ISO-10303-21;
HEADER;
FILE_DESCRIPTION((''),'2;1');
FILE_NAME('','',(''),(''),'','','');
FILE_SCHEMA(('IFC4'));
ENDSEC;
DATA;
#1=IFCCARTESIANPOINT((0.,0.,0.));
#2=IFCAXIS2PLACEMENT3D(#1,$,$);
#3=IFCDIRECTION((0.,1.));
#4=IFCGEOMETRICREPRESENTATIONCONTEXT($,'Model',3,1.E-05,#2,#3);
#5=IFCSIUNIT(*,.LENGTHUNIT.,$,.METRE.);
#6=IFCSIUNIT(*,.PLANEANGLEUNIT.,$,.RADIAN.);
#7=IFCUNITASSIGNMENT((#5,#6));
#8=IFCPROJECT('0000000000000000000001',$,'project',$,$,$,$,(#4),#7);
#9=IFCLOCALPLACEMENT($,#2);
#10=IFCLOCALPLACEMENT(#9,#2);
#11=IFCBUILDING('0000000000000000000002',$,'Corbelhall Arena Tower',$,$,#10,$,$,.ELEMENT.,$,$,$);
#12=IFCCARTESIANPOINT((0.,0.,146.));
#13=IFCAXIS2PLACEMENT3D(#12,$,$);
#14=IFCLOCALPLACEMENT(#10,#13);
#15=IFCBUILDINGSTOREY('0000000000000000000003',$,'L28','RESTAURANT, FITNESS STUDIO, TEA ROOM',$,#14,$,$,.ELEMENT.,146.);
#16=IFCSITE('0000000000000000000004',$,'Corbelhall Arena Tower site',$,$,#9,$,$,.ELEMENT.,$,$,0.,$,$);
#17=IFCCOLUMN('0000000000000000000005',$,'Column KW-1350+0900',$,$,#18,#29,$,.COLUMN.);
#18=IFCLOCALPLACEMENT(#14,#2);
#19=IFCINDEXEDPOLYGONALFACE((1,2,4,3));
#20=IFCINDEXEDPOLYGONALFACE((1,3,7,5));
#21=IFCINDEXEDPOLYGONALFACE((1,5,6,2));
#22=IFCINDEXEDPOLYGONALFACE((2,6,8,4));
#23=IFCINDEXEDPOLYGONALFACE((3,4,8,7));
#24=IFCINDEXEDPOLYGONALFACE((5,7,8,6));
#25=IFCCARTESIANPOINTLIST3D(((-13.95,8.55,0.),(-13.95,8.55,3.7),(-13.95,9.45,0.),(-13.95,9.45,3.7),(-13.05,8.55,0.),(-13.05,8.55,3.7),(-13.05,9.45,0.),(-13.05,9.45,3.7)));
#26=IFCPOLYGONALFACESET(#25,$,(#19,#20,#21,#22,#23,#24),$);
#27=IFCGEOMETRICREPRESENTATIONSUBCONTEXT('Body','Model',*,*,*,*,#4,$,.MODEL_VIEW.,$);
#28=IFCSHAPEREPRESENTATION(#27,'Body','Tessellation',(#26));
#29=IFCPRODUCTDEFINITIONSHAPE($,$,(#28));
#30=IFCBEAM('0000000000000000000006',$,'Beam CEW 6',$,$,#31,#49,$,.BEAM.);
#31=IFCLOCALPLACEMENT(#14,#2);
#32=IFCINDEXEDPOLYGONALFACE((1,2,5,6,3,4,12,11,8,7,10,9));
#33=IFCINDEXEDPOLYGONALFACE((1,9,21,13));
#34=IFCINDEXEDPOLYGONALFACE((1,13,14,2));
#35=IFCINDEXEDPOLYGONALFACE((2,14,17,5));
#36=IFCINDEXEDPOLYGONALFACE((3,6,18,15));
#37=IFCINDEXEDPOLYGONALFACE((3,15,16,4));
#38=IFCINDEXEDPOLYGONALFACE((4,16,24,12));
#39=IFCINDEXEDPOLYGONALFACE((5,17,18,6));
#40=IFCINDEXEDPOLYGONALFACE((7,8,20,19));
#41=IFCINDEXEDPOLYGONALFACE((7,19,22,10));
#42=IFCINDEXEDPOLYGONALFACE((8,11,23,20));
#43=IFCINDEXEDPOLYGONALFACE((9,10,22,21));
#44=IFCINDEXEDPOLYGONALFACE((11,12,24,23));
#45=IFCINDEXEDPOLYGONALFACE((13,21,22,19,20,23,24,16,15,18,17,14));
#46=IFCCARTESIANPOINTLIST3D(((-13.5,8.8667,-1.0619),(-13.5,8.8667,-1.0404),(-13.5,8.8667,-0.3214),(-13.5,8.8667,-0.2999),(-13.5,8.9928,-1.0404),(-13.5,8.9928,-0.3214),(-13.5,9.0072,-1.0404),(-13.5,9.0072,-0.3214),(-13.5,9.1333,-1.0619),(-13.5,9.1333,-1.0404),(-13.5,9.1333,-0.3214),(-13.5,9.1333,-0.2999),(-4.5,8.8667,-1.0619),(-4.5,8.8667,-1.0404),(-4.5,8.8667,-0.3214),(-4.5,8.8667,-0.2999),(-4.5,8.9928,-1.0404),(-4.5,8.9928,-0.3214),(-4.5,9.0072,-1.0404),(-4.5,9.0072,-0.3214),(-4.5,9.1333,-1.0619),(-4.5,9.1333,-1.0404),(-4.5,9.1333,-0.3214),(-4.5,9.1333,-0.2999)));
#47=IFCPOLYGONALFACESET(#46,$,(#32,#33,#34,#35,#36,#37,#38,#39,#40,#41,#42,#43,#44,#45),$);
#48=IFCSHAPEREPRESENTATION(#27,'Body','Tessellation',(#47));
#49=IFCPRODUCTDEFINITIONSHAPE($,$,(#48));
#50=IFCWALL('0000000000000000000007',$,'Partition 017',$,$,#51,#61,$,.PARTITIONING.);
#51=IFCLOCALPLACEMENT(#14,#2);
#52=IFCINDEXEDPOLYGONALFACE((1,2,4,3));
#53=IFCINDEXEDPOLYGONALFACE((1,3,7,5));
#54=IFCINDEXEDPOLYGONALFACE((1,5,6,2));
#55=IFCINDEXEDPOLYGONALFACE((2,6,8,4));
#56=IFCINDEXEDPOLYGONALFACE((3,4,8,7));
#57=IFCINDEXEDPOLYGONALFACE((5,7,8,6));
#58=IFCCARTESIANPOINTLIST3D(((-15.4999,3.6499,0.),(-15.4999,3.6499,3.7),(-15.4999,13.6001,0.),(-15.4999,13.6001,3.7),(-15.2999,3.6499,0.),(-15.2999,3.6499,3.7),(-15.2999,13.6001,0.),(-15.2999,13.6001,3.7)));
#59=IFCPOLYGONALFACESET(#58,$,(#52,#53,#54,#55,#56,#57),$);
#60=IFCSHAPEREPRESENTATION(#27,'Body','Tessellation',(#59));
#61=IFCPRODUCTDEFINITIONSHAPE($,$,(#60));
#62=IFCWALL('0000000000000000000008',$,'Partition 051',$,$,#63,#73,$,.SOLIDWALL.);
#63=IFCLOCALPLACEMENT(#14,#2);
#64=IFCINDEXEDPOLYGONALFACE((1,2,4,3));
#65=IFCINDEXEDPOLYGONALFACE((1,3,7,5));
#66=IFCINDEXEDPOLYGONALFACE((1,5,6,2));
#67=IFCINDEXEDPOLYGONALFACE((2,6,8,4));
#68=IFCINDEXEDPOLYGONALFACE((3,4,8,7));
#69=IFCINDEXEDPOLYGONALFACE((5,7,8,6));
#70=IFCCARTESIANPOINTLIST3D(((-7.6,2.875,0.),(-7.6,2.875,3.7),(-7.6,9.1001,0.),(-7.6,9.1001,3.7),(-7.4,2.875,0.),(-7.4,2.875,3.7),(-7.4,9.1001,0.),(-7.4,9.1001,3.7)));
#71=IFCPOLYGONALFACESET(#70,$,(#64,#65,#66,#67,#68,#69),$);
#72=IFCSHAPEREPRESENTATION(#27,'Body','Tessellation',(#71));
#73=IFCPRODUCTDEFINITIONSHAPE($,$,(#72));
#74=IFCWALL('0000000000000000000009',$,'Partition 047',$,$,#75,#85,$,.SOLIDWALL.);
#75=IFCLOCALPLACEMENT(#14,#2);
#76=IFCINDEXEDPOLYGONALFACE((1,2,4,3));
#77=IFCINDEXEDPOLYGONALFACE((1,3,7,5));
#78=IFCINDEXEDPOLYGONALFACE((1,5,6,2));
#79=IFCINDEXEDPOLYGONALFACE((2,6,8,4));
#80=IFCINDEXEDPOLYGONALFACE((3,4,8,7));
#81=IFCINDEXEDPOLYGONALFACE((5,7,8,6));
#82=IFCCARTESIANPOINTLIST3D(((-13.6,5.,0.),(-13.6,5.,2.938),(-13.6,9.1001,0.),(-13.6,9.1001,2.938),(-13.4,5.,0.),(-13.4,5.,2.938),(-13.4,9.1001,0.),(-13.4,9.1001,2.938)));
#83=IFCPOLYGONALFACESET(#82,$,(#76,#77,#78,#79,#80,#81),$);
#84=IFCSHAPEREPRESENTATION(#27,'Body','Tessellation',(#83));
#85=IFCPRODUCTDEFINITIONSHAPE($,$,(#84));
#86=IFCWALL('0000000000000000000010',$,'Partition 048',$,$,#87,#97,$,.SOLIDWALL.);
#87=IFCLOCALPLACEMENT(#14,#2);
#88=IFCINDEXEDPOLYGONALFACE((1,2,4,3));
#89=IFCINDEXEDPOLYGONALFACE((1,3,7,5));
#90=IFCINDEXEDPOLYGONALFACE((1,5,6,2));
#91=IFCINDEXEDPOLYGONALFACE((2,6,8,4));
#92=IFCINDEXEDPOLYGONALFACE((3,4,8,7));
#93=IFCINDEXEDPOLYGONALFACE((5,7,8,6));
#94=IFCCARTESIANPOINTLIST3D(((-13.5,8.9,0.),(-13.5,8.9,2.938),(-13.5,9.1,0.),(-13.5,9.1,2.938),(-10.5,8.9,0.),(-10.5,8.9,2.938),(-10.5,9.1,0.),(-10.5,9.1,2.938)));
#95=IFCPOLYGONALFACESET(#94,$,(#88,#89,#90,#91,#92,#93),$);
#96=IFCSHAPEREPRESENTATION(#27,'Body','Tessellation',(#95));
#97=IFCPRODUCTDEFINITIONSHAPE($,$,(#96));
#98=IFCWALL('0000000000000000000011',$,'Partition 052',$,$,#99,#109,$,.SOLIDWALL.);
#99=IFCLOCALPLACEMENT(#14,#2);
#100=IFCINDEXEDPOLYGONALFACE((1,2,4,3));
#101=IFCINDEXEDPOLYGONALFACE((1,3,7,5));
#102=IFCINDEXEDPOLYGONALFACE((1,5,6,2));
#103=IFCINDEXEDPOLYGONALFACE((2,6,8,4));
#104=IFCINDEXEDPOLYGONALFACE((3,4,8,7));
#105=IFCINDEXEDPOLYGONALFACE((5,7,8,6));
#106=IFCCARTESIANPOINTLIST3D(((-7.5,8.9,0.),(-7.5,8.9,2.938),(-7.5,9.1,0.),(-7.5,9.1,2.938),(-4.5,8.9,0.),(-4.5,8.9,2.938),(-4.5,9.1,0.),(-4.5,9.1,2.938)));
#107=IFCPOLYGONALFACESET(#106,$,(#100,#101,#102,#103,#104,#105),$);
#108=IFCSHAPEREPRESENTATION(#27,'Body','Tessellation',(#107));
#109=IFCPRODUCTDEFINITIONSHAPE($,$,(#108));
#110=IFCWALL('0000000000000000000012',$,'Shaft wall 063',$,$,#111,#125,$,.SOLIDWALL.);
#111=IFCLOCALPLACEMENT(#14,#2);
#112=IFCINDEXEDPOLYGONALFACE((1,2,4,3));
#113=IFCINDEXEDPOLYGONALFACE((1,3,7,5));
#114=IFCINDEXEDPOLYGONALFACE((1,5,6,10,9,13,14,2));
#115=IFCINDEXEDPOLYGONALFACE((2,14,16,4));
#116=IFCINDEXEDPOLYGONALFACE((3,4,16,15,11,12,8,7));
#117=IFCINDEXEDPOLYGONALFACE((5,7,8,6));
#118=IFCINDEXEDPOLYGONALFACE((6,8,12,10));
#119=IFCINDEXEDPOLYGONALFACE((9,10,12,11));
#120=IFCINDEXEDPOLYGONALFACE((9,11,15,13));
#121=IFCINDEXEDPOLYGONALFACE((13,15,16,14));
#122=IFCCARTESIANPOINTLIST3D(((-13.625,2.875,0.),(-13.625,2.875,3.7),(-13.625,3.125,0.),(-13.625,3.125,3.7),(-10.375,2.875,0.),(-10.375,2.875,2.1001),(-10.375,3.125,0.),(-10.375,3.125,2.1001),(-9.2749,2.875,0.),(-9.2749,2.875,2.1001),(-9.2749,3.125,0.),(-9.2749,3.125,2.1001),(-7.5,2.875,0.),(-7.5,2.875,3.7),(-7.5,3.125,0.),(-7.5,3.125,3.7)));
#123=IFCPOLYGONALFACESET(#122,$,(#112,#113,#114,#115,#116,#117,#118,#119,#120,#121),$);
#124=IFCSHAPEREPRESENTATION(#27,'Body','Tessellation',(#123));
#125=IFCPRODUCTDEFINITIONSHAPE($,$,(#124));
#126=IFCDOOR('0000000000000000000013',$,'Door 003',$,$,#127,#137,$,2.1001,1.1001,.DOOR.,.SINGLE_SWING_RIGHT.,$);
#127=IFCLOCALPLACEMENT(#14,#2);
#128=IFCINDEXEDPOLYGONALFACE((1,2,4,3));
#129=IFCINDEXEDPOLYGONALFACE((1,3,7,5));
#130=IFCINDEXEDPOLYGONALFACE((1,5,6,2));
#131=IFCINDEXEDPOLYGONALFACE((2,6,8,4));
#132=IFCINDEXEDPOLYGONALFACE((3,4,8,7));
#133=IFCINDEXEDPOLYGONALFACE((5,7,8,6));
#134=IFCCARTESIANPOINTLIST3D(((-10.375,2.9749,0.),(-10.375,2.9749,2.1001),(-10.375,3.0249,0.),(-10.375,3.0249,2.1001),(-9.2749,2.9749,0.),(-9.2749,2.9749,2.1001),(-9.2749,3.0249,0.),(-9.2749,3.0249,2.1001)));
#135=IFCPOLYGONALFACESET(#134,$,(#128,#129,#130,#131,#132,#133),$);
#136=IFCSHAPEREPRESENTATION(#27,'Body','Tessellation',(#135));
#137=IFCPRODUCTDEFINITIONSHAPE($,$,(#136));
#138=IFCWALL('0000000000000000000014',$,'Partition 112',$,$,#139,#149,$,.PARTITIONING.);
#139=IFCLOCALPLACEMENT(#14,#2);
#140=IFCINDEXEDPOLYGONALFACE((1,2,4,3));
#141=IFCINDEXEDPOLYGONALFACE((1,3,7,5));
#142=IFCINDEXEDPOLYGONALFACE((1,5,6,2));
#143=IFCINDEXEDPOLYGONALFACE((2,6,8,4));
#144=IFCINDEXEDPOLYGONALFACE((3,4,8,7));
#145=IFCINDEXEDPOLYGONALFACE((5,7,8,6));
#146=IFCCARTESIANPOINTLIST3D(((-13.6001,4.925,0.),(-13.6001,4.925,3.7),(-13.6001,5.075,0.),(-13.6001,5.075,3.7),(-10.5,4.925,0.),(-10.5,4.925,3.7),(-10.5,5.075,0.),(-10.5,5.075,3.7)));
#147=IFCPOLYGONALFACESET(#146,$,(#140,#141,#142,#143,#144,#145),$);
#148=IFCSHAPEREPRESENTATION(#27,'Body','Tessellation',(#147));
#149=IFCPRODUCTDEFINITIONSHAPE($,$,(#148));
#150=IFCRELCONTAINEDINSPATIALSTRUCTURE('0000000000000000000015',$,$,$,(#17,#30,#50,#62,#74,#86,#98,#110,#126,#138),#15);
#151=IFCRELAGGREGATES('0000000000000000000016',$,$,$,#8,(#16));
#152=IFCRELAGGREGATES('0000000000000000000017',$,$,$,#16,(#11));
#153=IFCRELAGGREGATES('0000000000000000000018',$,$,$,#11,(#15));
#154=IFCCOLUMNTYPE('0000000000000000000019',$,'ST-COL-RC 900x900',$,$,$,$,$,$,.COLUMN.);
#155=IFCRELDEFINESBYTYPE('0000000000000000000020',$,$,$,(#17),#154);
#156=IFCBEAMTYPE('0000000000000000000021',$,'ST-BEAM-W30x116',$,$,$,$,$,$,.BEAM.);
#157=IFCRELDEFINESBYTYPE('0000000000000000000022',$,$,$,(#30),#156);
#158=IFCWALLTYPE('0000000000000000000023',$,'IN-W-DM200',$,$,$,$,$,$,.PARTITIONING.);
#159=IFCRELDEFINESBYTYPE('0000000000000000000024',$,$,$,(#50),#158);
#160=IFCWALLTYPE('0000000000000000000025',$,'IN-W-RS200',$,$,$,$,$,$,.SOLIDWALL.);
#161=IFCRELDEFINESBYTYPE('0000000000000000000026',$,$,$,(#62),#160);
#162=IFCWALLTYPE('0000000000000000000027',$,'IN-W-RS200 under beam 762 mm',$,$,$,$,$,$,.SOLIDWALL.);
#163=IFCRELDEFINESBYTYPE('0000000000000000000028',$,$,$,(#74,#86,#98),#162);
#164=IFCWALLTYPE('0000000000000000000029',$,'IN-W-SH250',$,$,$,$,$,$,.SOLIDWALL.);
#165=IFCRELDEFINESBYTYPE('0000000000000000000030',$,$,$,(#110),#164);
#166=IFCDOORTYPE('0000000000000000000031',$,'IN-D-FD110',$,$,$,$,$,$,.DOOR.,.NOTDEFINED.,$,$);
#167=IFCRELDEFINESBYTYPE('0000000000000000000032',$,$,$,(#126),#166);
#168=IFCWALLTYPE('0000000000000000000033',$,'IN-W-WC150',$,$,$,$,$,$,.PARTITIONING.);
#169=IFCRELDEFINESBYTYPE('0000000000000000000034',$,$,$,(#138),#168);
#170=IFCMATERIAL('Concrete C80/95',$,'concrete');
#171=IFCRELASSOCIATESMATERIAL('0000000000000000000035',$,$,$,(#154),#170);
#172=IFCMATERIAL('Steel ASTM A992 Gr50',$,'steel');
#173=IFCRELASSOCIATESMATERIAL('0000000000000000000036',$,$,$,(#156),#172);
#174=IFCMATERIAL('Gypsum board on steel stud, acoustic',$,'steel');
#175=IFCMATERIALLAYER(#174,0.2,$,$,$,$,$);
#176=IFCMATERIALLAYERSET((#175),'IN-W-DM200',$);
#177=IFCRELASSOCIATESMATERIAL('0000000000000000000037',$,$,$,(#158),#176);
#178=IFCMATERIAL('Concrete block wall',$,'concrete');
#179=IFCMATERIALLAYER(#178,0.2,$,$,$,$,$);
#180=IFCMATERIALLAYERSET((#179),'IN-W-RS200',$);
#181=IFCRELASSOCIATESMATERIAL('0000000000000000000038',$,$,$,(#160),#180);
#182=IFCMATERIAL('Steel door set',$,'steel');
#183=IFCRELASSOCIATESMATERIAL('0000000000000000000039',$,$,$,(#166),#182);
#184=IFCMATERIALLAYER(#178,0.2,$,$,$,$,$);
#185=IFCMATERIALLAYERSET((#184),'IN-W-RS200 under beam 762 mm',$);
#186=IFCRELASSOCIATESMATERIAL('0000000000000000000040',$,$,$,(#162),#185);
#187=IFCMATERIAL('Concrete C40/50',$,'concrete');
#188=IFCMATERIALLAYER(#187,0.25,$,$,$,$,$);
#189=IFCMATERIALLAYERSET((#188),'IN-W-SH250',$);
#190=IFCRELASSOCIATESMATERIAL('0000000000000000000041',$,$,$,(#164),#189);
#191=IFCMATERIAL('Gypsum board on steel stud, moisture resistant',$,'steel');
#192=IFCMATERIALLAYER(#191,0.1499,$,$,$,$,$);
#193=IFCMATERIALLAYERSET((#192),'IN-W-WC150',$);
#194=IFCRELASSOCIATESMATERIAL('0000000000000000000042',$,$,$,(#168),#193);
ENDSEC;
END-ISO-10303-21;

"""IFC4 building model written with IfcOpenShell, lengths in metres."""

from ifc_helpers import new_model, si_unit, direction, frame, frame_2d, origin, origin_2d, place, context, subcontext, project, spatial, rectangle, i_section, extrude, material, layer, layer_set, material_profile, profile_set, type_object, element, fill, save


model = new_model("IFC4")

# Units and contexts
model_context = context("Model", 3, precision=1e-05, world=origin(), true_north=direction((0.0, 1.0)))
body_context = subcontext(model_context, "Body", "Model", "MODEL_VIEW")
ifc_project = project(units=[si_unit("LENGTHUNIT", "METRE"), si_unit("PLANEANGLEUNIT", "RADIAN")], contexts=[model_context])

# Site, building, storey
site_placement = place(None, origin())
site = spatial("IfcSite", under=ifc_project, at=site_placement, Name="Corbelhall Arena Tower site", CompositionType="ELEMENT", RefElevation=0.0)
building_placement = place(site_placement, origin())
building = spatial("IfcBuilding", under=site, at=building_placement, Name="Corbelhall Arena Tower", CompositionType="ELEMENT")
storey_placement = place(building_placement, frame((0.0, 0.0, 146.0)))
storey = spatial("IfcBuildingStorey", under=building, at=storey_placement, Name="L28", Description="RESTAURANT, FITNESS STUDIO, TEA ROOM", CompositionType="ELEMENT", Elevation=146.0)

# Column
ifc_material_1 = material(Name="Concrete C80/95", Category="concrete")
ifc_material_profile_1 = material_profile(ifc_material_1, rectangle(XDim=0.8999, YDim=0.8999, at=origin_2d()))
ifc_profile_set_1 = profile_set([ifc_material_profile_1], Name="Concrete C80/95")
column_type = type_object("IfcColumnType", Name="ST-COL-RC 900x900", PredefinedType="COLUMN", material=ifc_profile_set_1)
column_placement = place(storey_placement, frame((-13.5, 9.0, 0.0), z_axis=(0.0, 0.0, 1.0), x_axis=(1.0, 0.0, 0.0)))
element("IfcColumn", 1, at=column_placement, inside=storey, type_object=column_type, Name="Column KW-1350+0900", PredefinedType="COLUMN", context=body_context, shape_type="SweptSolid", body=[
    extrude(rectangle(XDim=0.8999, YDim=0.8999, at=origin_2d()), origin(), (0.0, 0.0, 1.0), 3.7),
])

# Beam
ifc_material_2 = material(Name="Steel ASTM A992 Gr50", Category="steel")
ifc_material_profile_2 = material_profile(ifc_material_2, i_section(OverallWidth=0.2666, OverallDepth=0.762, WebThickness=0.0144, FlangeThickness=0.0215, at=origin_2d()))
ifc_profile_set_2 = profile_set([ifc_material_profile_2], Name="Steel ASTM A992 Gr50")
beam_type = type_object("IfcBeamType", Name="ST-BEAM-W30x116", PredefinedType="BEAM", material=ifc_profile_set_2)
beam_placement = place(storey_placement, frame((-13.5, 9.0, -0.6809), z_axis=(1.0, 0.0, 0.0), x_axis=(0.0, 1.0, 0.0)))
element("IfcBeam", 2, at=beam_placement, inside=storey, type_object=beam_type, Name="Beam CEW 6", PredefinedType="BEAM", context=body_context, shape_type="SweptSolid", body=[
    extrude(i_section(OverallWidth=0.2666, OverallDepth=0.762, WebThickness=0.0144, FlangeThickness=0.0215, at=origin_2d()), origin(), (0.0, 0.0, 1.0), 9.0),
])

# Shared definitions
ifc_material_3 = material(Name="Gypsum board on steel stud, acoustic", Category="steel")
ifc_layer_1 = layer(ifc_material_3, 0.2)
ifc_layer_set_1 = layer_set([ifc_layer_1], Name="IN-W-DM200")
wall_type_1 = type_object("IfcWallType", Name="IN-W-DM200", PredefinedType="PARTITIONING", material=ifc_layer_set_1)
ifc_material_4 = material(Name="Steel door set", Category="steel")

# Wall
wall_1_placement = place(storey_placement, frame((-15.3999, 3.6499, 0.0), z_axis=(0.0, 0.0, 1.0), x_axis=(0.0, 1.0, 0.0)))
element("IfcWall", 3, at=wall_1_placement, inside=storey, type_object=wall_type_1, Name="Partition 017", PredefinedType="PARTITIONING", context=body_context, shape_type="SweptSolid", body=[
    extrude(rectangle(XDim=9.9502, YDim=0.2, at=frame_2d((4.9751, 0.0))), origin(), (0.0, 0.0, 1.0), 3.7),
])

# Shared definitions
ifc_material_5 = material(Name="Concrete block wall", Category="concrete")
ifc_layer_2 = layer(ifc_material_5, 0.2)
ifc_layer_set_2 = layer_set([ifc_layer_2], Name="IN-W-RS200")
wall_type_2 = type_object("IfcWallType", Name="IN-W-RS200", PredefinedType="SOLIDWALL", material=ifc_layer_set_2)
door_type_1 = type_object("IfcDoorType", Name="IN-D-FD110", OperationType="NOTDEFINED", PredefinedType="DOOR", material=ifc_material_4)

# Walls
wall_2_placement = place(storey_placement, frame((-7.5, 2.875, 0.0), z_axis=(0.0, 0.0, 1.0), x_axis=(0.0, 1.0, 0.0)))
element("IfcWall", 4, at=wall_2_placement, inside=storey, type_object=wall_type_2, Name="Partition 051", PredefinedType="SOLIDWALL", context=body_context, shape_type="SweptSolid", body=[
    extrude(rectangle(XDim=6.2251, YDim=0.2, at=frame_2d((3.1125, 0.0))), origin(), (0.0, 0.0, 1.0), 3.7),
])
ifc_layer_3 = layer(ifc_material_5, 0.2)
ifc_layer_set_3 = layer_set([ifc_layer_3], Name="IN-W-RS200 under beam 762 mm")
wall_type_3 = type_object("IfcWallType", Name="IN-W-RS200 under beam 762 mm", PredefinedType="SOLIDWALL", material=ifc_layer_set_3)
wall_3_placement = place(storey_placement, frame((-13.5, 5.0, 0.0), z_axis=(0.0, 0.0, 1.0), x_axis=(0.0, 1.0, 0.0)))
element("IfcWall", 5, at=wall_3_placement, inside=storey, type_object=wall_type_3, Name="Partition 047", PredefinedType="SOLIDWALL", context=body_context, shape_type="SweptSolid", body=[
    extrude(rectangle(XDim=4.1001, YDim=0.2, at=frame_2d((2.05, 0.0))), origin(), (0.0, 0.0, 1.0), 2.938),
])
for number, where, z_axis, x_axis, name in (
    (6, (-13.5, 9.0, 0.0), (0.0, 0.0, 1.0), (1.0, 0.0, 0.0), "Partition 048"),
    (7, (-7.5, 9.0, 0.0), (0.0, 0.0, 1.0), (1.0, 0.0, 0.0), "Partition 052"),
):
    element("IfcWall", number, at=place(storey_placement, frame(where, z_axis=z_axis, x_axis=x_axis)), inside=storey, type_object=wall_type_3, Name=name, PredefinedType="SOLIDWALL", context=body_context, shape_type="SweptSolid", body=[
        extrude(rectangle(XDim=3.0, YDim=0.2, at=frame_2d((1.5, 0.0))), origin(), (0.0, 0.0, 1.0), 2.938),
    ])

# Wall, opening, door
ifc_material_6 = material(Name="Concrete C40/50", Category="concrete")
ifc_layer_4 = layer(ifc_material_6, 0.25)
ifc_layer_set_4 = layer_set([ifc_layer_4], Name="IN-W-SH250")
wall_type_4 = type_object("IfcWallType", Name="IN-W-SH250", PredefinedType="SOLIDWALL", material=ifc_layer_set_4)
wall_4_placement = place(storey_placement, frame((-13.625, 3.0, 0.0), z_axis=(0.0, 0.0, 1.0), x_axis=(1.0, 0.0, 0.0)))
wall_4 = element("IfcWall", 8, at=wall_4_placement, inside=storey, type_object=wall_type_4, Name="Shaft wall 063", PredefinedType="SOLIDWALL", context=body_context, shape_type="SweptSolid", body=[
    extrude(rectangle(XDim=6.125, YDim=0.25, at=frame_2d((3.0625, 0.0))), origin(), (0.0, 0.0, 1.0), 3.7),
])
opening_1_placement = place(wall_4_placement, frame((3.25, 0.0, 0.0)))
opening_1 = element("IfcOpeningElement", 9, at=opening_1_placement, cuts=wall_4, PredefinedType="OPENING", context=body_context, shape_type="SweptSolid", body=[
    extrude(rectangle(XDim=1.1001, YDim=2.1001, at=frame_2d((0.55, 1.05))), frame((0.0, 0.125, 0.0), z_axis=(0.0, -1.0, 0.0), x_axis=(1.0, 0.0, 0.0)), (0.0, 0.0, 1.0), 0.25),
])
door_1_placement = place(opening_1_placement, origin())
door_1 = element("IfcDoor", 10, at=door_1_placement, inside=storey, type_object=door_type_1, Name="Door 003", OperationType="SINGLE_SWING_RIGHT", OverallHeight=2.1001, OverallWidth=1.1001, PredefinedType="DOOR", context=body_context, shape_type="SweptSolid", body=[
    extrude(rectangle(XDim=1.1001, YDim=2.1001, at=frame_2d((0.55, 1.05))), frame((0.0, 0.0249, 0.0), z_axis=(0.0, -1.0, 0.0), x_axis=(1.0, 0.0, 0.0)), (0.0, 0.0, 1.0), 0.05),
])
fill(opening_1, door_1)

# Wall
ifc_material_7 = material(Name="Gypsum board on steel stud, moisture resistant", Category="steel")
ifc_layer_5 = layer(ifc_material_7, 0.1499)
ifc_layer_set_5 = layer_set([ifc_layer_5], Name="IN-W-WC150")
wall_type_5 = type_object("IfcWallType", Name="IN-W-WC150", PredefinedType="PARTITIONING", material=ifc_layer_set_5)
wall_5_placement = place(storey_placement, frame((-13.6001, 5.0, 0.0), z_axis=(0.0, 0.0, 1.0), x_axis=(1.0, 0.0, 0.0)))
element("IfcWall", 11, at=wall_5_placement, inside=storey, type_object=wall_type_5, Name="Partition 112", PredefinedType="PARTITIONING", context=body_context, shape_type="SweptSolid", body=[
    extrude(rectangle(XDim=3.1001, YDim=0.1499, at=frame_2d((1.55, 0.0))), origin(), (0.0, 0.0, 1.0), 3.7),
])

save(model, "model.ifc")
